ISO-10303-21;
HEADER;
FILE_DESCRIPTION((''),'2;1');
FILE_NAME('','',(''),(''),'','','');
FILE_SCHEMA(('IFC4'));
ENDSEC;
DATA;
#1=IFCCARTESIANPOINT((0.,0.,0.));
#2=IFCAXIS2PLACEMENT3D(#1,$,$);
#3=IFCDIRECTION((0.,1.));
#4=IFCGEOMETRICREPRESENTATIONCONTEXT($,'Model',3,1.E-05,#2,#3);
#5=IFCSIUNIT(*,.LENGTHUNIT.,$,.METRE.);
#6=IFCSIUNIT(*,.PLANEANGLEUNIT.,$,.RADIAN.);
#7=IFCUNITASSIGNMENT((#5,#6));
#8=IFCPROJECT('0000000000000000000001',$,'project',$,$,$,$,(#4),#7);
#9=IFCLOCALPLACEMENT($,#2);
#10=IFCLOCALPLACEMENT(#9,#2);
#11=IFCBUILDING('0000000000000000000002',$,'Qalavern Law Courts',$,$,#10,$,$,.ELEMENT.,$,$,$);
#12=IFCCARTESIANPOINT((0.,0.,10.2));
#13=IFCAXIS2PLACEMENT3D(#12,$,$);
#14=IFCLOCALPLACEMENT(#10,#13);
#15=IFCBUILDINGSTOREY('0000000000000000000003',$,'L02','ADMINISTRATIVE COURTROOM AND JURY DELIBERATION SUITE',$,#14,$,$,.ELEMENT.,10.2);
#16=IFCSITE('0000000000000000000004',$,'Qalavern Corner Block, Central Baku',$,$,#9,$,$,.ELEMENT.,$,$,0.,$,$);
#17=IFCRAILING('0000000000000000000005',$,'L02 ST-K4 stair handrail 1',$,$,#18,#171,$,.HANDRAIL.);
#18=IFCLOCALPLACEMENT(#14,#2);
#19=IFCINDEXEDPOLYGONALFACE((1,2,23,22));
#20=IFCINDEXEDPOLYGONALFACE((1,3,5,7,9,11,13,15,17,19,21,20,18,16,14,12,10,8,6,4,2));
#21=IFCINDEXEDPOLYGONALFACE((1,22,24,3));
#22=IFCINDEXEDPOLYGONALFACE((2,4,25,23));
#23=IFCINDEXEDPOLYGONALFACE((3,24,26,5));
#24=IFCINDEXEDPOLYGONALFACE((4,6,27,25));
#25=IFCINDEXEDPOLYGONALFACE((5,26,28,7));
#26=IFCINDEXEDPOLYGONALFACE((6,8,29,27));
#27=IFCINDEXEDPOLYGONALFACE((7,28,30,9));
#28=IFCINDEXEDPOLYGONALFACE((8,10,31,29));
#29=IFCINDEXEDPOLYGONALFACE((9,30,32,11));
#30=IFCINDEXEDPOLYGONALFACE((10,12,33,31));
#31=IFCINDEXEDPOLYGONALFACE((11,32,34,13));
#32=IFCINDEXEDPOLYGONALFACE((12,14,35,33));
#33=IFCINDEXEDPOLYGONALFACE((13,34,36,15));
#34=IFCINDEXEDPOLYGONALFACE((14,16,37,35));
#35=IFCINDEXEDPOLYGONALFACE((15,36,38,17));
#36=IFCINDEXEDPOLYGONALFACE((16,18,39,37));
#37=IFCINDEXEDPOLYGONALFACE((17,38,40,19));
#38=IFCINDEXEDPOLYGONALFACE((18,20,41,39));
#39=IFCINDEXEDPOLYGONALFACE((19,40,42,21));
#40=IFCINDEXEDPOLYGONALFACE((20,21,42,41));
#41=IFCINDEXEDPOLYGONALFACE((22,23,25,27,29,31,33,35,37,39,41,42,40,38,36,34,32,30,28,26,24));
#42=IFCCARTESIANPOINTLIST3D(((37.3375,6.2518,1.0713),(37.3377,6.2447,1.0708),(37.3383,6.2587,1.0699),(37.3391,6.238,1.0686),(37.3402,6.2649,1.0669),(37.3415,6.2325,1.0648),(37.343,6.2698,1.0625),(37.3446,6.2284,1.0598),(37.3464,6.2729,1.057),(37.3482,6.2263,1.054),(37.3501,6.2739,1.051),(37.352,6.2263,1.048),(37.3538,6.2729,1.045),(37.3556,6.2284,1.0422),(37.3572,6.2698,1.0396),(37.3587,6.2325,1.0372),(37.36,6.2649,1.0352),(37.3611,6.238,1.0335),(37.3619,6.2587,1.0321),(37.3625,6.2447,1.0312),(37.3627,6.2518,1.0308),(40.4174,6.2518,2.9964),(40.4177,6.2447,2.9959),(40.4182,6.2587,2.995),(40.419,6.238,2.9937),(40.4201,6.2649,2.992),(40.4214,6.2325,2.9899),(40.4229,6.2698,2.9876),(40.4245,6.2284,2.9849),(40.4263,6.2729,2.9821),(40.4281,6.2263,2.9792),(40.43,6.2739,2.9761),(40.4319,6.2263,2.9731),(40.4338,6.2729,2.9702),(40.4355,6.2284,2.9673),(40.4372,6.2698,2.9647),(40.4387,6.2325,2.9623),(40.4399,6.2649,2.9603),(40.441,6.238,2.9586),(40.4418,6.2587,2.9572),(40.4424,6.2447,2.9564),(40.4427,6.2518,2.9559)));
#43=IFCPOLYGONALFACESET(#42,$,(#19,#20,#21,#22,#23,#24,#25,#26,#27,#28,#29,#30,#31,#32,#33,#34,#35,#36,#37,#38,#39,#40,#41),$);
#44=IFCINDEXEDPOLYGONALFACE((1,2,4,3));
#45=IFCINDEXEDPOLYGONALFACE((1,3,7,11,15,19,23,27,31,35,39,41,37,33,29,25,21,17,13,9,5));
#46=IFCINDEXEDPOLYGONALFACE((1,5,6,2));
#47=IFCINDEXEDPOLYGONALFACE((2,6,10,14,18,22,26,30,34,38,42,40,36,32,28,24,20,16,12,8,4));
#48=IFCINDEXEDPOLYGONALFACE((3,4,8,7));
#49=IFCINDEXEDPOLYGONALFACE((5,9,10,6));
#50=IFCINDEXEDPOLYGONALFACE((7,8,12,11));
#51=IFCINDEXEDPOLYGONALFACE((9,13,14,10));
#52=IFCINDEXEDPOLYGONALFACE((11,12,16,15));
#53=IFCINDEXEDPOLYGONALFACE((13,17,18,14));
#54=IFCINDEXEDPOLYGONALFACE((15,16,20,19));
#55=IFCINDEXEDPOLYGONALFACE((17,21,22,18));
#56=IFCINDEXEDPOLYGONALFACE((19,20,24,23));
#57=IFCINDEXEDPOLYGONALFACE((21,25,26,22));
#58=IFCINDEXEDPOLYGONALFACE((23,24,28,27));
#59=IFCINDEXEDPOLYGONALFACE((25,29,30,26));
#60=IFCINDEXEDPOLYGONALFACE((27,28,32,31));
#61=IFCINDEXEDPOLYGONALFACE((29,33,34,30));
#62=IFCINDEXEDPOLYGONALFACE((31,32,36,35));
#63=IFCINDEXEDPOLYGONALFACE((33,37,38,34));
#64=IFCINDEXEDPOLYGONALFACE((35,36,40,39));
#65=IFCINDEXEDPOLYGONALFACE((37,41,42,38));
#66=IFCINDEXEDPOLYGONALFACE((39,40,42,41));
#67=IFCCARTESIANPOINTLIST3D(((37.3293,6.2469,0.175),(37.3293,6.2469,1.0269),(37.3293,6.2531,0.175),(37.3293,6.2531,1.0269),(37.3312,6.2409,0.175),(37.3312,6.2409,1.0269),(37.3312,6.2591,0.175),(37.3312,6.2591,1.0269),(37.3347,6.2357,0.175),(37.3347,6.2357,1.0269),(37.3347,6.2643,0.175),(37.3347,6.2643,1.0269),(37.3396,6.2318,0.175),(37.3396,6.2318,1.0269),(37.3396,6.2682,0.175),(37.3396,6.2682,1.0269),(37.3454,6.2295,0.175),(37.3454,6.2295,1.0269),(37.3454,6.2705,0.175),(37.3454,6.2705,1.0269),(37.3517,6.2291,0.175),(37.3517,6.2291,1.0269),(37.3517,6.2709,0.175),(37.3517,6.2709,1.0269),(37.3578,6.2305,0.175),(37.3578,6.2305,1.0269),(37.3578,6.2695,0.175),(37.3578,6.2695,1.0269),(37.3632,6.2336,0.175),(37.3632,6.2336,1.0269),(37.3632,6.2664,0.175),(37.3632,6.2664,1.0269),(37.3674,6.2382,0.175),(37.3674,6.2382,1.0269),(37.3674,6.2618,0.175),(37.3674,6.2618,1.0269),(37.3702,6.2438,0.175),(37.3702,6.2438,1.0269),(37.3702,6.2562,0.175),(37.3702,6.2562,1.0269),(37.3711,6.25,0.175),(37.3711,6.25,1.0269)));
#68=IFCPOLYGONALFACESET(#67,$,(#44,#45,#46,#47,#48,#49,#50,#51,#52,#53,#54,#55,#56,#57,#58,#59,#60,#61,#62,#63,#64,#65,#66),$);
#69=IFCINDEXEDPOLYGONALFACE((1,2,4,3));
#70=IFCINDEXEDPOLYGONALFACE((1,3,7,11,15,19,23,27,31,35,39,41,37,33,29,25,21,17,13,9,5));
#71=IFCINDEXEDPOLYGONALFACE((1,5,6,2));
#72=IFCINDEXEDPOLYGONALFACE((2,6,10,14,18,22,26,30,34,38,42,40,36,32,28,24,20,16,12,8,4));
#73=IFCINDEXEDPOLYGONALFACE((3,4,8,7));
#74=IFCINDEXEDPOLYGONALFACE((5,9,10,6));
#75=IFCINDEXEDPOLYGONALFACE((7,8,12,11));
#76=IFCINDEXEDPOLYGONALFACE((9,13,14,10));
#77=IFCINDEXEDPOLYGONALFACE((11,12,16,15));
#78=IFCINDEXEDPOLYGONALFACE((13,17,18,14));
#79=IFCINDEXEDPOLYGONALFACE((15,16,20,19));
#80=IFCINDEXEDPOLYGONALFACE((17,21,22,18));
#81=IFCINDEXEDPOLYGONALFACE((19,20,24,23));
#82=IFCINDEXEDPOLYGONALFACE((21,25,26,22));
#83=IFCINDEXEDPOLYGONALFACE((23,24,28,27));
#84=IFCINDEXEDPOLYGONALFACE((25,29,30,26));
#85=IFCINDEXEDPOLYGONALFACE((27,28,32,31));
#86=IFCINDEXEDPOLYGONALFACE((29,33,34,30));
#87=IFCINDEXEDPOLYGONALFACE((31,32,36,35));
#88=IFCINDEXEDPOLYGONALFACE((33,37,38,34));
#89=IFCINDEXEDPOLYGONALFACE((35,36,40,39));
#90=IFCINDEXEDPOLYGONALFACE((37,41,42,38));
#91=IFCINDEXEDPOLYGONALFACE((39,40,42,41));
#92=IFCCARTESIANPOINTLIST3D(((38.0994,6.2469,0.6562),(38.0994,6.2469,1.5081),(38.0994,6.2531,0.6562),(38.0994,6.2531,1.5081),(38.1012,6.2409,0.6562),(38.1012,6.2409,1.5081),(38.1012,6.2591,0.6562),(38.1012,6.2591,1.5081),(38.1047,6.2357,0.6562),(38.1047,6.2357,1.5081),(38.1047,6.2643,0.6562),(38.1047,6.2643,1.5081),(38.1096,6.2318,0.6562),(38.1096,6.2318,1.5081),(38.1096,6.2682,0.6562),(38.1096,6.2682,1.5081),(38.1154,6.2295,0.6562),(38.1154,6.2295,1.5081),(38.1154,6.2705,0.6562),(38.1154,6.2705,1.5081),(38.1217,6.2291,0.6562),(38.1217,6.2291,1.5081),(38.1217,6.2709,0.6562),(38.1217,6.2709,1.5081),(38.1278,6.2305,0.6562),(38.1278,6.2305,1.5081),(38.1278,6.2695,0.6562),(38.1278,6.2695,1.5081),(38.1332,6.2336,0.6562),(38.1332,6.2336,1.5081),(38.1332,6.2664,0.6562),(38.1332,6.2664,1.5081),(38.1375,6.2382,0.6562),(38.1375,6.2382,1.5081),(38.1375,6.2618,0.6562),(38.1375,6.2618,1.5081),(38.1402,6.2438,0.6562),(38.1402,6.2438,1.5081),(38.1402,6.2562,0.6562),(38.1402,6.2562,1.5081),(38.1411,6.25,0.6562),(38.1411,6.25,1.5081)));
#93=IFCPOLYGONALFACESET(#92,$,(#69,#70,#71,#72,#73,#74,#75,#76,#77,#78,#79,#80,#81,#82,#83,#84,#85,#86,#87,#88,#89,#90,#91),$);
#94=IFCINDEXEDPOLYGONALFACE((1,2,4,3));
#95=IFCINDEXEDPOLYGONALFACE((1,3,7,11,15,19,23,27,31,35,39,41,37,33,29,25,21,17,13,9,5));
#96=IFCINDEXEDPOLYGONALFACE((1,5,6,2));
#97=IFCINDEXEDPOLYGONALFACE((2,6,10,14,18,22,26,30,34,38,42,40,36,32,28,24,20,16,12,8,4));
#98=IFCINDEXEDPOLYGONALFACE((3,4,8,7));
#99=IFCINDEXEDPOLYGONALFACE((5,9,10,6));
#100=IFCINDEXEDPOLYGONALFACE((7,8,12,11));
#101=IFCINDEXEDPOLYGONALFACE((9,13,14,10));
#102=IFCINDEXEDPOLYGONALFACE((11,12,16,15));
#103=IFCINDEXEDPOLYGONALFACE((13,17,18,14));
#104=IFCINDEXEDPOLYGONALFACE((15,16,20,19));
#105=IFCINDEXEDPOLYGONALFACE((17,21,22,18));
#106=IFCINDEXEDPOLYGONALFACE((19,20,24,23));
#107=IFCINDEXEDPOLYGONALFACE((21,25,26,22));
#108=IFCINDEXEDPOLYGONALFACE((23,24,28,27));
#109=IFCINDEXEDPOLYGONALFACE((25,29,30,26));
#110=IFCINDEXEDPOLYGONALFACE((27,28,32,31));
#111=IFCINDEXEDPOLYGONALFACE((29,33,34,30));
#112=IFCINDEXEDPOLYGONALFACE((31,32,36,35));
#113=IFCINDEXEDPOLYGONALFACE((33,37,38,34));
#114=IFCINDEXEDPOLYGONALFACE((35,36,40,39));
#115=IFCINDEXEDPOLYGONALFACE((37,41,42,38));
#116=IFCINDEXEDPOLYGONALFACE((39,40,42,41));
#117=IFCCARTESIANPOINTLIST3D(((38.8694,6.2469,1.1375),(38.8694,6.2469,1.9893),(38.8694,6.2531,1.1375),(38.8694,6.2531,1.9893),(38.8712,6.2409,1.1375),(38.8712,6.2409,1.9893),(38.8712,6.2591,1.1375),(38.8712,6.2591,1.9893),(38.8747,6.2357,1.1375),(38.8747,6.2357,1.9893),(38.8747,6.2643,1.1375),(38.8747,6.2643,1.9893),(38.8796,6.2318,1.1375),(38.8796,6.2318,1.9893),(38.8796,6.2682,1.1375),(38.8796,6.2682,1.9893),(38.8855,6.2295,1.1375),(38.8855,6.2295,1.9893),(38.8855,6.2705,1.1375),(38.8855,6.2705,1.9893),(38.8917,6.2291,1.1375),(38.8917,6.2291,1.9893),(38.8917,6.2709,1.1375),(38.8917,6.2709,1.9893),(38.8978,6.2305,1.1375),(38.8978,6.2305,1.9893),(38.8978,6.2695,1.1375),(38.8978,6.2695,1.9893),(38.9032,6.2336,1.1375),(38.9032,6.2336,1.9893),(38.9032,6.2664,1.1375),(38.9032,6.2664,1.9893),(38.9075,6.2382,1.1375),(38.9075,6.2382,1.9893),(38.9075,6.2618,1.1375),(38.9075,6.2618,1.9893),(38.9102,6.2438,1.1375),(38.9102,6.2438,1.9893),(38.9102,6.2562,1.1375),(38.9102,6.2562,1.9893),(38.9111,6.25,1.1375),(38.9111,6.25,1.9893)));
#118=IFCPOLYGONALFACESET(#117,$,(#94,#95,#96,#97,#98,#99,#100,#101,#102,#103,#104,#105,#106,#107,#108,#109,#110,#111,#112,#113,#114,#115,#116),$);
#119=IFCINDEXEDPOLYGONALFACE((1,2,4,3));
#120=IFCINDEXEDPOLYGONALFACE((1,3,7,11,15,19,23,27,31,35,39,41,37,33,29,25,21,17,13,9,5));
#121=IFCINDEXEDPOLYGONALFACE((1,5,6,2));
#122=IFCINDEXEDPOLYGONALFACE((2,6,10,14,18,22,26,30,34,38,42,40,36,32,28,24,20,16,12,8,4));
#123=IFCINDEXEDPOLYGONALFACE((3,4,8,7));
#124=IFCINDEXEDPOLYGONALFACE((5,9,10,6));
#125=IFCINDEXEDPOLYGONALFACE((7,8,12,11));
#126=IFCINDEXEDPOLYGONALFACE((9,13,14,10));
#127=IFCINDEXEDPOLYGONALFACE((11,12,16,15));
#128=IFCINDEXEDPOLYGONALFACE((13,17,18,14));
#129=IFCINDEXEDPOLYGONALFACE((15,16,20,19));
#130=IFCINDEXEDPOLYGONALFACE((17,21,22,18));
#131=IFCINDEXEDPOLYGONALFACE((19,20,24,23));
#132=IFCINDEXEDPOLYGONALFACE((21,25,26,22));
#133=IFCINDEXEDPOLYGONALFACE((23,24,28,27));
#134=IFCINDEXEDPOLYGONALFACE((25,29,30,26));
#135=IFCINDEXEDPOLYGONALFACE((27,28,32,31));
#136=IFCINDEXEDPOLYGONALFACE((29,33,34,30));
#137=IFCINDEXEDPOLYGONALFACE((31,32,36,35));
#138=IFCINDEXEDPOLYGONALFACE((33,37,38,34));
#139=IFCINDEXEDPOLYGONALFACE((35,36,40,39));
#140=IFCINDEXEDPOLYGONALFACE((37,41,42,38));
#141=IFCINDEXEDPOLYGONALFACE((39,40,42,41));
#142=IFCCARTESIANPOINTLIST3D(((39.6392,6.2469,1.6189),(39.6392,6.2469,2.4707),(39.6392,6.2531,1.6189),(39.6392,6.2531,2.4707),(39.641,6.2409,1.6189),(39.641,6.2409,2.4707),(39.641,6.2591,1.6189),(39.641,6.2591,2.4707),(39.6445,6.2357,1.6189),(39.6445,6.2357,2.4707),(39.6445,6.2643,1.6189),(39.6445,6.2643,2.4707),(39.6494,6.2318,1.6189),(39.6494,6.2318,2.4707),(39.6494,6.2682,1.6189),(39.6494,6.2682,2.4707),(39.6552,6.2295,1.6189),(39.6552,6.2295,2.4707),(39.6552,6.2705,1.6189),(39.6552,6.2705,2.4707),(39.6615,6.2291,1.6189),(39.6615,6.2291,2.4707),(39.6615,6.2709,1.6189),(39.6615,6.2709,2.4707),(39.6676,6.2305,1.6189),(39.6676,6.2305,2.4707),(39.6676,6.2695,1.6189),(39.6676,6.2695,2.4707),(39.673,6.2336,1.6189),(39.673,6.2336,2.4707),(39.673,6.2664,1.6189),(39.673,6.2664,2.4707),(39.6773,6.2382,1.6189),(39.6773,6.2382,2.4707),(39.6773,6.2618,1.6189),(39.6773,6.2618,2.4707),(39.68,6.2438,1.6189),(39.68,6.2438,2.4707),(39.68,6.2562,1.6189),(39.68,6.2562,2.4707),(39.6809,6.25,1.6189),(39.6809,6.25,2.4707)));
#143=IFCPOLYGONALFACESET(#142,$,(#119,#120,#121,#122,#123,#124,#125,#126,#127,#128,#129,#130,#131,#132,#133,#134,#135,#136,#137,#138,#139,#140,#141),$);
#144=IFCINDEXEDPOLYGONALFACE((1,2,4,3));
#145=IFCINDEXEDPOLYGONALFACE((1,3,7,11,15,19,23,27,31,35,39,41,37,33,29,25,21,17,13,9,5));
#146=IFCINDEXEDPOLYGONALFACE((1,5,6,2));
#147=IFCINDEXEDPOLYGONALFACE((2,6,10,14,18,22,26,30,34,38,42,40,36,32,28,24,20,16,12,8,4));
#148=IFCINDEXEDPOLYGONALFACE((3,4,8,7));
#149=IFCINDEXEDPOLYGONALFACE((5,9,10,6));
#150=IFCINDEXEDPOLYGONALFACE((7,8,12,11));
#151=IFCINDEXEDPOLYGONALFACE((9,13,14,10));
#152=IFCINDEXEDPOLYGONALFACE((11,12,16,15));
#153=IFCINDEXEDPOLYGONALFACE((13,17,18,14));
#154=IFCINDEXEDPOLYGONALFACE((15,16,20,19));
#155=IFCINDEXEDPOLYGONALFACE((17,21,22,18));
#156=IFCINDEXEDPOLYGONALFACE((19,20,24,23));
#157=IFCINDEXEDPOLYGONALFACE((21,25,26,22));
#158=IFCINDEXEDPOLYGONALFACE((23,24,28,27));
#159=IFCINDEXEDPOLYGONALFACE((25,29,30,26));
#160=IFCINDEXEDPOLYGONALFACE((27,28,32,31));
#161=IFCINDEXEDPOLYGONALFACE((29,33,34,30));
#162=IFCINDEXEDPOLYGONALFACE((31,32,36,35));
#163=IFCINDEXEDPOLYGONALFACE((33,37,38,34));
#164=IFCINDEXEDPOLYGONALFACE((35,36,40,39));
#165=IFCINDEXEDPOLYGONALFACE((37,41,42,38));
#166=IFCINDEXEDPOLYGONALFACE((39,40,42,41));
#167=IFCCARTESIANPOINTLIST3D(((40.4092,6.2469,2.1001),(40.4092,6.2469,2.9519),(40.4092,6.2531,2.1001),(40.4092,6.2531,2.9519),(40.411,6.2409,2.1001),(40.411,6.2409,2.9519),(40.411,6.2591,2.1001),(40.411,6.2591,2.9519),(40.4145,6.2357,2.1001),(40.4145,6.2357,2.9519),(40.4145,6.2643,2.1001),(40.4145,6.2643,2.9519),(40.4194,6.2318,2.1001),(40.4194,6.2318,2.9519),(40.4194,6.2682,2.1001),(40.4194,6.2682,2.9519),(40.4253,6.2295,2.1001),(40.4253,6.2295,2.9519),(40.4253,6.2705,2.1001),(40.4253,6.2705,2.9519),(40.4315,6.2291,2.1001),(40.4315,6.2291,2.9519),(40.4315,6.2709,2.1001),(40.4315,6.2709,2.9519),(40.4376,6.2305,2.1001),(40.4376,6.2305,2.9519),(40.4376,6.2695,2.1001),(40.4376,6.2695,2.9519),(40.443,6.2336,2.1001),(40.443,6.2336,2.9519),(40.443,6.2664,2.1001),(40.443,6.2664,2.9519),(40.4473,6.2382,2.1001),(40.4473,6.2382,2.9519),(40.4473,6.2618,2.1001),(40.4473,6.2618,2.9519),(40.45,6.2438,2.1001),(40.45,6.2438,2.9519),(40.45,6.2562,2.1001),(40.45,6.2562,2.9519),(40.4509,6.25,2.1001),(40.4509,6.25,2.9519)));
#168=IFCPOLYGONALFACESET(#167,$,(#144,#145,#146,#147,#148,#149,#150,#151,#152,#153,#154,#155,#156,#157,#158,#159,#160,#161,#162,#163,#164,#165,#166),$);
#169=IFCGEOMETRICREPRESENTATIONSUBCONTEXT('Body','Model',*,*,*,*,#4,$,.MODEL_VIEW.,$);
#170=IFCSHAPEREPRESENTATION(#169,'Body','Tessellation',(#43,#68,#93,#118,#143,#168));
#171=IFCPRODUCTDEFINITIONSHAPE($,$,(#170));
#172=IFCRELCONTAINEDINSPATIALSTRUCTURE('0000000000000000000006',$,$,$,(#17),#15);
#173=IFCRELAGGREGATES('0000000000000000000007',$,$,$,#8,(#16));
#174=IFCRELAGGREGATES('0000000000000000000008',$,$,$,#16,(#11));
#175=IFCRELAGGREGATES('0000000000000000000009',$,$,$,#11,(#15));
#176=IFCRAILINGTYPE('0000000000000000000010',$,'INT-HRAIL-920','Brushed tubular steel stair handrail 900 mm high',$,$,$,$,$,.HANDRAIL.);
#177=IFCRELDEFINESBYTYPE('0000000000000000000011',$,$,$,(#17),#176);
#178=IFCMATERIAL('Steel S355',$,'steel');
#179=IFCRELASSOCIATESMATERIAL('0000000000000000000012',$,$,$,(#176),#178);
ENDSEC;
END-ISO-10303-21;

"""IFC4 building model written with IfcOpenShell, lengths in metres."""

from ifc_helpers import new_model, si_unit, direction, frame, origin, origin_2d, place, context, subcontext, project, spatial, circle, extrude, material, type_object, element, save


model = new_model("IFC4")

# Units and contexts
model_context = context("Model", 3, precision=1e-05, world=origin(), true_north=direction((0.0, 1.0)))
body_context = subcontext(model_context, "Body", "Model", "MODEL_VIEW")
ifc_project = project(units=[si_unit("LENGTHUNIT", "METRE"), si_unit("PLANEANGLEUNIT", "RADIAN")], contexts=[model_context])

# Site, building, storey
site_placement = place(None, origin())
site = spatial("IfcSite", under=ifc_project, at=site_placement, Name="Qalavern Corner Block, Central Baku", CompositionType="ELEMENT", RefElevation=0.0)
building_placement = place(site_placement, origin())
building = spatial("IfcBuilding", under=site, at=building_placement, Name="Qalavern Law Courts", CompositionType="ELEMENT")
storey_placement = place(building_placement, frame((0.0, 0.0, 10.2)))
storey = spatial("IfcBuildingStorey", under=building, at=storey_placement, Name="L02", Description="ADMINISTRATIVE COURTROOM AND JURY DELIBERATION SUITE", CompositionType="ELEMENT", Elevation=10.2)

# Shared definitions
ifc_material_1 = material(Name="Steel S355", Category="steel")

# Railing
railing_type_1 = type_object("IfcRailingType", Name="INT-HRAIL-920", Description="Brushed tubular steel stair handrail 900 mm high", PredefinedType="HANDRAIL", material=ifc_material_1)
railing_1_placement = place(storey_placement, frame((37.3501, 6.25, 0.175)))
element("IfcRailing", 1, at=railing_1_placement, inside=storey, type_object=railing_type_1, Name="L02 ST-K4 stair handrail 1", PredefinedType="HANDRAIL", context=body_context, shape_type="SweptSolid", body=[
    extrude(circle(Radius=0.0239, at=origin_2d()), frame((0.0, 0.0, 0.876), z_axis=(0.847979, 0.0, 0.530029), x_axis=(0.0, 1.0, 0.0)), (0.0, 0.0, 1.0), 3.6321),
    extrude(circle(Radius=0.021, at=origin_2d()), origin(), (0.0, 0.0, 1.0), 0.8518),
    extrude(circle(Radius=0.021, at=origin_2d()), frame((0.77, 0.0, 0.4812)), (0.0, 0.0, 1.0), 0.8518),
    extrude(circle(Radius=0.021, at=origin_2d()), frame((1.54, 0.0, 0.9624)), (0.0, 0.0, 1.0), 0.8518),
    extrude(circle(Radius=0.021, at=origin_2d()), frame((2.3098, 0.0, 1.4438)), (0.0, 0.0, 1.0), 0.8518),
    extrude(circle(Radius=0.021, at=origin_2d()), frame((3.0798, 0.0, 1.925)), (0.0, 0.0, 1.0), 0.8518),
])

save(model, "model.ifc")
